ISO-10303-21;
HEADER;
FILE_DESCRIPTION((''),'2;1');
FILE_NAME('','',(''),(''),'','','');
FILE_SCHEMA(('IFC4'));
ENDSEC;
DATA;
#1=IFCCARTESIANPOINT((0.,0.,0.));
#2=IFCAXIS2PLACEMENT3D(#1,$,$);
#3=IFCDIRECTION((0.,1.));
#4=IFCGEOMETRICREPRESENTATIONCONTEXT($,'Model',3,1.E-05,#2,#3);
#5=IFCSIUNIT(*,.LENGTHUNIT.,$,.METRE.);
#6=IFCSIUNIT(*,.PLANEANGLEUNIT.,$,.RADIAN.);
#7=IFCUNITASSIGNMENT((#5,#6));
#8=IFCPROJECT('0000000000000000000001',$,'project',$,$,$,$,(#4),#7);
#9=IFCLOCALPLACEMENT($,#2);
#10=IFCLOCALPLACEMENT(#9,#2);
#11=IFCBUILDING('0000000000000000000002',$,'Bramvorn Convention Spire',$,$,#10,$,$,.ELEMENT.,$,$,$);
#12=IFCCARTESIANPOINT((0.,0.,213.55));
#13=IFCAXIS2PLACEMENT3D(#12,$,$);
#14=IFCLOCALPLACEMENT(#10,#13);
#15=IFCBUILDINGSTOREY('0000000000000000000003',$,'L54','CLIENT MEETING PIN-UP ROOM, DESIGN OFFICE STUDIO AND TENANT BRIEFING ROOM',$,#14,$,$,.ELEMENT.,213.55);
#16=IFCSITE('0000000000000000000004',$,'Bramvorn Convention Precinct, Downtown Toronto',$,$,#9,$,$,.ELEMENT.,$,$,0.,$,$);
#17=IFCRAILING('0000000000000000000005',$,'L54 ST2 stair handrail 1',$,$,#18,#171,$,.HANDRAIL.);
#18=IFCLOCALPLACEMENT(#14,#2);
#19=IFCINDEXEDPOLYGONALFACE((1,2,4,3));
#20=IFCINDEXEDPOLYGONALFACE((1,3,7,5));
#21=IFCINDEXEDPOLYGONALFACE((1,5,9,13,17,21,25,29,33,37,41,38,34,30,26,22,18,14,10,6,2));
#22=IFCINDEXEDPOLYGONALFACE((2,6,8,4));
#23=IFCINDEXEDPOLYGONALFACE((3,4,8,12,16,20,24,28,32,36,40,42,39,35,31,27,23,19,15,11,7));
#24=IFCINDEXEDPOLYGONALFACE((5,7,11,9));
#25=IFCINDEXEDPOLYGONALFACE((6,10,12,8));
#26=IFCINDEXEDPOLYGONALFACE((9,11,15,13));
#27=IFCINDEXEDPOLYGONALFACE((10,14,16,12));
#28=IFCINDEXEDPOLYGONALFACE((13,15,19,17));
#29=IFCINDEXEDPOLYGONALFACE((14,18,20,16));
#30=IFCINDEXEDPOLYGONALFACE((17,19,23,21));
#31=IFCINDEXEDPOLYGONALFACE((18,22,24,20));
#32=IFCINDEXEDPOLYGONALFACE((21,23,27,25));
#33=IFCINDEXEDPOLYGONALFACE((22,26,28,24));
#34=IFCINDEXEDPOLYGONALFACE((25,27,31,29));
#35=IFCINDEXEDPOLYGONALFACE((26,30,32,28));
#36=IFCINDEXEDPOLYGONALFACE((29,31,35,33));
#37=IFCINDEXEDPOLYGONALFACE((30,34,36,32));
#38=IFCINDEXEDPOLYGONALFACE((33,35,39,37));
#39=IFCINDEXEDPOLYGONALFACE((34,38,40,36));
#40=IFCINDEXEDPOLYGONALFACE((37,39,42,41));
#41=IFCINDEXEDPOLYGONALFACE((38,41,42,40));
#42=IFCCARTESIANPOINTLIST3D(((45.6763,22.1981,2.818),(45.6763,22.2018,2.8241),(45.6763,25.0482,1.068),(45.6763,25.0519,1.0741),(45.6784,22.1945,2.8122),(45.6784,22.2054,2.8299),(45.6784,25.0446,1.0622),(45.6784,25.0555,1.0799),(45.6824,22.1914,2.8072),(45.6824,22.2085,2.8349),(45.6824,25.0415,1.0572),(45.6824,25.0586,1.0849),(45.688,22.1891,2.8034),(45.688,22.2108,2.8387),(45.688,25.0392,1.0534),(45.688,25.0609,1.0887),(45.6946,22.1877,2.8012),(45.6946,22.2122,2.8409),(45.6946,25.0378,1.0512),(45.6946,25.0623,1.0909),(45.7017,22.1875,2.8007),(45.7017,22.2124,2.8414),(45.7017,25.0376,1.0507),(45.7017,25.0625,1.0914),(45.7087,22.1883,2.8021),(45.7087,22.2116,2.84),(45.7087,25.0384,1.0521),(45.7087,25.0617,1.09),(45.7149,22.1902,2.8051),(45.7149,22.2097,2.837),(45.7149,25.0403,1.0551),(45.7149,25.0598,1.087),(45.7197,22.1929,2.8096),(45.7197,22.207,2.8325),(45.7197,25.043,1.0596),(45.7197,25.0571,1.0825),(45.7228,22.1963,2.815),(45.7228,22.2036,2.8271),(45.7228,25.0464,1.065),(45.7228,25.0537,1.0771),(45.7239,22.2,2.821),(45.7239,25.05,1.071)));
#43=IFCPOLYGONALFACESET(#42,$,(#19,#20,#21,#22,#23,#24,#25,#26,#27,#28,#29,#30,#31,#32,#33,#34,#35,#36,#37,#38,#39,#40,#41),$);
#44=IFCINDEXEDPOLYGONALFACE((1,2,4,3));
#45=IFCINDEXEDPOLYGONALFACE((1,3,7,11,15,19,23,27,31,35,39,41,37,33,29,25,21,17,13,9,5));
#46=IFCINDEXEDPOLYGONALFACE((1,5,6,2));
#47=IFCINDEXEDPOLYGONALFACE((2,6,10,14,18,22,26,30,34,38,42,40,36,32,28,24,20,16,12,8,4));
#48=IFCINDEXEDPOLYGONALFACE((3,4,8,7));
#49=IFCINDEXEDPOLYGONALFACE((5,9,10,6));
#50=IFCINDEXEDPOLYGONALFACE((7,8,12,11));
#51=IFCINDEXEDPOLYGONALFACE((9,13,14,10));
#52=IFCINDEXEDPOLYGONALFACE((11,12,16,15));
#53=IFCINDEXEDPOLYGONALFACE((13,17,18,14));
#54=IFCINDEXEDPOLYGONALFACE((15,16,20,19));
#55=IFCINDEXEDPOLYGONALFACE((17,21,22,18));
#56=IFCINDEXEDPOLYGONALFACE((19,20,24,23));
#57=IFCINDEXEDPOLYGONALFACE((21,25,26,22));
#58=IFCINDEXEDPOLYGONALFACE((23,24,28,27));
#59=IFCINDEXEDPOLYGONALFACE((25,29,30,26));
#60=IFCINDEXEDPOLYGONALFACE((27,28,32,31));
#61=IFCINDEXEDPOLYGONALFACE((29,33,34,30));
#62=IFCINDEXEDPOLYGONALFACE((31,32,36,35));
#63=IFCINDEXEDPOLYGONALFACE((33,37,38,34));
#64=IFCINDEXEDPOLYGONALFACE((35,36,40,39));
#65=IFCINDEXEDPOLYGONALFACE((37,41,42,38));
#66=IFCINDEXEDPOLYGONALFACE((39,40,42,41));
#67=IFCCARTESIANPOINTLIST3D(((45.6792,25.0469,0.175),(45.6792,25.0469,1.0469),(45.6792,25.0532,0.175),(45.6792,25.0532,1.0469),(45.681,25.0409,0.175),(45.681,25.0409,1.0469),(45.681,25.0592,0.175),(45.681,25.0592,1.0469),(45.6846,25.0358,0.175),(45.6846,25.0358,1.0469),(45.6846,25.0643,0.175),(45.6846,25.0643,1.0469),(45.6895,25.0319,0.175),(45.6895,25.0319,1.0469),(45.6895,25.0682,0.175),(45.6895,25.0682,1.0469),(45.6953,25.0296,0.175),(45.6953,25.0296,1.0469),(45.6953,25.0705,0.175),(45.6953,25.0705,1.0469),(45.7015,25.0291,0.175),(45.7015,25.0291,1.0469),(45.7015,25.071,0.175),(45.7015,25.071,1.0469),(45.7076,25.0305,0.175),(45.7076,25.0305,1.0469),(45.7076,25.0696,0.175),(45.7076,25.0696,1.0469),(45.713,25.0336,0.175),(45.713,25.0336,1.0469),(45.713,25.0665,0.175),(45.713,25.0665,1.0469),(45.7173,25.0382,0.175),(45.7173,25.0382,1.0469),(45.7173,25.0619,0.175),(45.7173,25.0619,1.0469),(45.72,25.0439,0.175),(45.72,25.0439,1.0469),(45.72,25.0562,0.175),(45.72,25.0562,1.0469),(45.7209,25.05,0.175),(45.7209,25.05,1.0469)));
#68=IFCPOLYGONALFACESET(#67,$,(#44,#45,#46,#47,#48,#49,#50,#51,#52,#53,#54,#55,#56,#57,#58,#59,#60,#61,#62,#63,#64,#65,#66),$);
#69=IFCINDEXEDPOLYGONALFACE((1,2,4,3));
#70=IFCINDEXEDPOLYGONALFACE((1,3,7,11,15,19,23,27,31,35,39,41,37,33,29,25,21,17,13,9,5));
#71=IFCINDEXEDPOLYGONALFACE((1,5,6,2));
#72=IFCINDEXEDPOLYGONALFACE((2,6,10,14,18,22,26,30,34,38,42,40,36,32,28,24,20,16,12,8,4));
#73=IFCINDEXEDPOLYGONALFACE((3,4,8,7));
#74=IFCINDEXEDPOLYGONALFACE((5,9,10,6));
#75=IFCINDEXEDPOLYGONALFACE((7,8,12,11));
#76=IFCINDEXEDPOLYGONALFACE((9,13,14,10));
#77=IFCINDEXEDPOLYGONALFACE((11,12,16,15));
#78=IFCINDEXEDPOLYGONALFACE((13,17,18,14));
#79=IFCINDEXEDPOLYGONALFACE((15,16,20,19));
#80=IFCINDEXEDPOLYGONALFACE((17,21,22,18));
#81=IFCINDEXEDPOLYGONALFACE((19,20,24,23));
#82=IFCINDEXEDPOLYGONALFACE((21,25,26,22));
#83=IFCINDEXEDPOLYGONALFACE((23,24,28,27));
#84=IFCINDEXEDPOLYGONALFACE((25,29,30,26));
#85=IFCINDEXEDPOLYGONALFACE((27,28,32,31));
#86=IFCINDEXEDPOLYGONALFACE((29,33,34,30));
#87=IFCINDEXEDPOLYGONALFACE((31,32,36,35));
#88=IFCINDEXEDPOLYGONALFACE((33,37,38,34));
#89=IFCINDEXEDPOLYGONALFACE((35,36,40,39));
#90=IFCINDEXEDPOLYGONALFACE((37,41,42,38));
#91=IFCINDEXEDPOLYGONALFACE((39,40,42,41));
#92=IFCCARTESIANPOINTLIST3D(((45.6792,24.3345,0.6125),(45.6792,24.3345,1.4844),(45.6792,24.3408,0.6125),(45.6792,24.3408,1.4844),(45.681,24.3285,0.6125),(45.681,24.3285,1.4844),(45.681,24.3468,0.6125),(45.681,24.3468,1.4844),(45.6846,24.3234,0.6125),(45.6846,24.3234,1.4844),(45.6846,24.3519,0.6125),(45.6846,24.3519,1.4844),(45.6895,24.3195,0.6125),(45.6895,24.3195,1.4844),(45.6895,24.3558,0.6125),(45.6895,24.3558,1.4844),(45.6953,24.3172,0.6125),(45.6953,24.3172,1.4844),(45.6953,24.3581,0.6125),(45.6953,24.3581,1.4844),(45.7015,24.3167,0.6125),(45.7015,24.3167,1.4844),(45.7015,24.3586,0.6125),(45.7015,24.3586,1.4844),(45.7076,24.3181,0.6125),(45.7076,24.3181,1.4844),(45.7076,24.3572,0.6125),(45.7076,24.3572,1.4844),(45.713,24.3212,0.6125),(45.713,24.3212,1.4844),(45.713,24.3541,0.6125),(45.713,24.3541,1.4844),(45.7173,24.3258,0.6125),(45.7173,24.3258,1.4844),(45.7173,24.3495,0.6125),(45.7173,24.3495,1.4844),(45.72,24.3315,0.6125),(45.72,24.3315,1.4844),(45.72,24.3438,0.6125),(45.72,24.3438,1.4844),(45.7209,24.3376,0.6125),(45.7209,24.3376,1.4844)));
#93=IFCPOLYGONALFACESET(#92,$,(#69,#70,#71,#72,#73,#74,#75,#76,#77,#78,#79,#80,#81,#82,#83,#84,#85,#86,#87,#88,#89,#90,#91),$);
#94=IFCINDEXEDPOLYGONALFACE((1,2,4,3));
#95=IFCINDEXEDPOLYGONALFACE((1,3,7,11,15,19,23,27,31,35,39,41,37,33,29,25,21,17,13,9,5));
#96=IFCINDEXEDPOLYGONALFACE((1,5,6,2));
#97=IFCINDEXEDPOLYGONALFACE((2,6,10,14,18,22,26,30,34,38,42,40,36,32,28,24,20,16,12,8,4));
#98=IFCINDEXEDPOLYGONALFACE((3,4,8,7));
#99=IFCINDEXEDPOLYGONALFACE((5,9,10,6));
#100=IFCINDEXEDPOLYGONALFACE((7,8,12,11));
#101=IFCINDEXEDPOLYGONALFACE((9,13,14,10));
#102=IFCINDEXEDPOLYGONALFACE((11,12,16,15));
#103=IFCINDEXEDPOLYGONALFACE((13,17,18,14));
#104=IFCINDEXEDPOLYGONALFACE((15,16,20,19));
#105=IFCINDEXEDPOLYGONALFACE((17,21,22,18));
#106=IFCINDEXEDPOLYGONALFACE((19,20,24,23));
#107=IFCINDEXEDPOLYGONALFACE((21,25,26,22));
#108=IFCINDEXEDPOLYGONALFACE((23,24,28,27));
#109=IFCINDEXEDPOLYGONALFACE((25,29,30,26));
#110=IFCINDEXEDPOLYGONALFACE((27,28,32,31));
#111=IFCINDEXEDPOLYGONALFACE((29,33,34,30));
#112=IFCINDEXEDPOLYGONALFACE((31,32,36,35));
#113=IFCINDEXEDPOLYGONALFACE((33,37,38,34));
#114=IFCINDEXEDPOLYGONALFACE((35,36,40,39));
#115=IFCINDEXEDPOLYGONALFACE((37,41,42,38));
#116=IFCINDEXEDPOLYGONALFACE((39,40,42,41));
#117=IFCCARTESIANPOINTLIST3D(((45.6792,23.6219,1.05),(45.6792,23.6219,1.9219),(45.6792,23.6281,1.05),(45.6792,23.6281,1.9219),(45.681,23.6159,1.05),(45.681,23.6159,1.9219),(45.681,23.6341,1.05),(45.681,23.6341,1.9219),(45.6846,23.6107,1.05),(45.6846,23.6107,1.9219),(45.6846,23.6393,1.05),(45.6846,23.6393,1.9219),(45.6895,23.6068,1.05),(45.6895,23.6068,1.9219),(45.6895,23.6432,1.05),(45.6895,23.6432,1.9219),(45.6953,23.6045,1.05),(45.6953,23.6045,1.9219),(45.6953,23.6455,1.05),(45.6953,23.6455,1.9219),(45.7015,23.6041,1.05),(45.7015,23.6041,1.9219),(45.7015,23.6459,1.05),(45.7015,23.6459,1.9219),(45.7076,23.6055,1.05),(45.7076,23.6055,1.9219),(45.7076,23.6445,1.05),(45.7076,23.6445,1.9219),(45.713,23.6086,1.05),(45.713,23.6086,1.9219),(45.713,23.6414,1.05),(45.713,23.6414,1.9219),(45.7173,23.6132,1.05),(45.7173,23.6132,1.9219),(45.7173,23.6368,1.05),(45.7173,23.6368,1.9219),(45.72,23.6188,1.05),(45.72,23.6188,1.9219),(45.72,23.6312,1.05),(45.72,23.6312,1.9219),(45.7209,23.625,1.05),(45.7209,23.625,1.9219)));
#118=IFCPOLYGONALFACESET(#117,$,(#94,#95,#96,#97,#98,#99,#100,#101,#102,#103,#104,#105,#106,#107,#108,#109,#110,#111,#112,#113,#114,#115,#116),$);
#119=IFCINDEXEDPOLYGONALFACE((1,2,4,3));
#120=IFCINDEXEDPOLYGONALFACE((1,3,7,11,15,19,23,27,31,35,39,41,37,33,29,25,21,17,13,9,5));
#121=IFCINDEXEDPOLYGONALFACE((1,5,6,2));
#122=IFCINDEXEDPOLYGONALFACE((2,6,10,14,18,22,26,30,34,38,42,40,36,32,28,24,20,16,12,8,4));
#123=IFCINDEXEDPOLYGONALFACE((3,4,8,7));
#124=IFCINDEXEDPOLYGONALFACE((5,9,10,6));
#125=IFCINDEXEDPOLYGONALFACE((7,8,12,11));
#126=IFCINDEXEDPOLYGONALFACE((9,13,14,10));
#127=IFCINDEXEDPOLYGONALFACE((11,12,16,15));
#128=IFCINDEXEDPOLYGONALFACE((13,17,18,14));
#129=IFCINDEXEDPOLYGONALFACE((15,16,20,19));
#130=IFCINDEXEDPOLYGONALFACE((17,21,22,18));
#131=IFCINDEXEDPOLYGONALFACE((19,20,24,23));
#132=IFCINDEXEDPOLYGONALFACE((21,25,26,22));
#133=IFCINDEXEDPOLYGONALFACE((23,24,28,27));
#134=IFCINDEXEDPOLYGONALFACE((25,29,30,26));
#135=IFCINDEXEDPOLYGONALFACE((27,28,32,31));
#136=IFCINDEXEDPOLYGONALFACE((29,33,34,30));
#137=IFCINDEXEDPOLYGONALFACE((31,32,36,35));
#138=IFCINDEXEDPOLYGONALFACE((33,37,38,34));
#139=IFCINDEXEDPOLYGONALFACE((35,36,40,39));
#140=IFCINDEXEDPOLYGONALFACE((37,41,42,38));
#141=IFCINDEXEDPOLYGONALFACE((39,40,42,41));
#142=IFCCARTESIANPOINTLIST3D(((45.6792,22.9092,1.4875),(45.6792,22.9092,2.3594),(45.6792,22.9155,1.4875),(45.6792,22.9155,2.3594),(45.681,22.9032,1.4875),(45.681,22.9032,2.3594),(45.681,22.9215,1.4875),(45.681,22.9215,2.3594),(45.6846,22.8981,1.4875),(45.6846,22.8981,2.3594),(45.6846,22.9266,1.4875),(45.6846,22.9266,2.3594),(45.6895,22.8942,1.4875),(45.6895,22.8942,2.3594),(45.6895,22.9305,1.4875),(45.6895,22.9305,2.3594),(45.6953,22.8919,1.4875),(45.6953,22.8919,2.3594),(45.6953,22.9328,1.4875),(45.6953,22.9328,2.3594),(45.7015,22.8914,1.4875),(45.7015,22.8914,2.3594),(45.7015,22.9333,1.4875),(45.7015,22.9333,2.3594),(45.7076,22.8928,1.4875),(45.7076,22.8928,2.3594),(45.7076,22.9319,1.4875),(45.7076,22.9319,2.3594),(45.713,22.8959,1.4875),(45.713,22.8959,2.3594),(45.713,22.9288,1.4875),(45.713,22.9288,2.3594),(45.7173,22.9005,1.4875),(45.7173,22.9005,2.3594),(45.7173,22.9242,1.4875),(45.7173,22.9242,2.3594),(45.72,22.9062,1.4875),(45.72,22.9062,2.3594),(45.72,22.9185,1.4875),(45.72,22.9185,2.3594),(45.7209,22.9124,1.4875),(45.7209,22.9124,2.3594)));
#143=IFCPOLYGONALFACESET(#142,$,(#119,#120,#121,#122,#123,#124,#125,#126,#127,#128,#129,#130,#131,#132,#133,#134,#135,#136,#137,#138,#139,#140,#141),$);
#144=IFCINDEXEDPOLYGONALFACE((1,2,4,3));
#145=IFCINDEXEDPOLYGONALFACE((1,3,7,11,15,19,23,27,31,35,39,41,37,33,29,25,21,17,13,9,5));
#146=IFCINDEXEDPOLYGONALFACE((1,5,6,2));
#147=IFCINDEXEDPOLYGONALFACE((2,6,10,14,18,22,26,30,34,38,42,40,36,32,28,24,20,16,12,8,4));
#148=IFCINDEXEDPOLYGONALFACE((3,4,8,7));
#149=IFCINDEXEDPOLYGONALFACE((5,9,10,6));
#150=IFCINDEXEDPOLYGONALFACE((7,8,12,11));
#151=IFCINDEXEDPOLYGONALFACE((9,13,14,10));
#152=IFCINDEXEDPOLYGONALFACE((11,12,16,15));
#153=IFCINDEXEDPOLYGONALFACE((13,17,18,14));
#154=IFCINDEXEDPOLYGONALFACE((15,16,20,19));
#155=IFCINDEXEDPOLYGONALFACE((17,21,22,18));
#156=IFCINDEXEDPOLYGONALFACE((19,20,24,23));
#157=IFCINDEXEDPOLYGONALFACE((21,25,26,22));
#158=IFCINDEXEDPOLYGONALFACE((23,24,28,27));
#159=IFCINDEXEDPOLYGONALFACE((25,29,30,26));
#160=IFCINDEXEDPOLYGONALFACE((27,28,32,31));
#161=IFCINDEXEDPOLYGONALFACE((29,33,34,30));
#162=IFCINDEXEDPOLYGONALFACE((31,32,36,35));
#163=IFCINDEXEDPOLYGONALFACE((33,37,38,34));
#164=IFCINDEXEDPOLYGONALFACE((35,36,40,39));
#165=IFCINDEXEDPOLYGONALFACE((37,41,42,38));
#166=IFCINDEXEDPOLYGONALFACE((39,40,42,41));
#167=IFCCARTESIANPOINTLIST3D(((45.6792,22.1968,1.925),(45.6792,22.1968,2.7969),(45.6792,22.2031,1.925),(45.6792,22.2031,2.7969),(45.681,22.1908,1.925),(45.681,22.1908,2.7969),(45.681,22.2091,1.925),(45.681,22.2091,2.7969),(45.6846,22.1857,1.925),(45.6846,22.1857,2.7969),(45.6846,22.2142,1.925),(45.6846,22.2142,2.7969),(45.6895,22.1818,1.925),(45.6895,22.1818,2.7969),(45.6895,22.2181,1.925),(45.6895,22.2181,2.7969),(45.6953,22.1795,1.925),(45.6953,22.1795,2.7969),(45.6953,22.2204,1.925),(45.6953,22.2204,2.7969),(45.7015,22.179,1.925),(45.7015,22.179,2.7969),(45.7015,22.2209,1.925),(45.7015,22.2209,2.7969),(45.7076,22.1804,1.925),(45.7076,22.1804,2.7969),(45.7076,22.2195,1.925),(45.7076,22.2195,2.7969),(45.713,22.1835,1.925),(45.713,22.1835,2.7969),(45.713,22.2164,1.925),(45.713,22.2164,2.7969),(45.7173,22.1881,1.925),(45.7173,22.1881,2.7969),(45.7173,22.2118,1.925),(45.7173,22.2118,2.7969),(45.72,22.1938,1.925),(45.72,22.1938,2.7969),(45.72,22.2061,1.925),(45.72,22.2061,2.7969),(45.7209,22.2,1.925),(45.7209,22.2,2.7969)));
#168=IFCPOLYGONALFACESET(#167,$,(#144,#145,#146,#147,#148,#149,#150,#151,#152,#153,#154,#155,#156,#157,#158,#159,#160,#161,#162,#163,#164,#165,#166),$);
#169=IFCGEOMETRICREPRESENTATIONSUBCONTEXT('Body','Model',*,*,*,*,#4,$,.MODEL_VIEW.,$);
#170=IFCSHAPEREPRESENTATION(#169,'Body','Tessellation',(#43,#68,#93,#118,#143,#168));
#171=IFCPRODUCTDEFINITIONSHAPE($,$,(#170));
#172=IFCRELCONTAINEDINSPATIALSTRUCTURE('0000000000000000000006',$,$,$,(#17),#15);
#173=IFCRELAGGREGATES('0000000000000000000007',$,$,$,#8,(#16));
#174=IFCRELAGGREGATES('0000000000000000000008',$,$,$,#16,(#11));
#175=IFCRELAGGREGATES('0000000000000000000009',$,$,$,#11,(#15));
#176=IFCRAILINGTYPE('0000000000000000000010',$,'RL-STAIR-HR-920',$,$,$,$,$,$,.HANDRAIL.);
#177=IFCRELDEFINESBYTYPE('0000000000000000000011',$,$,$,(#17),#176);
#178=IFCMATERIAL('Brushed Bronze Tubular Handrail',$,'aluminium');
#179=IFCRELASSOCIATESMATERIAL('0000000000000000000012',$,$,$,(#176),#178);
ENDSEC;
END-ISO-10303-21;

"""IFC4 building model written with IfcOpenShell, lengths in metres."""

from ifc_helpers import new_model, si_unit, direction, frame, origin, origin_2d, place, context, subcontext, project, spatial, circle, extrude, material, type_object, element, save


model = new_model("IFC4")

# Units and contexts
model_context = context("Model", 3, precision=1e-05, world=origin(), true_north=direction((0.0, 1.0)))
body_context = subcontext(model_context, "Body", "Model", "MODEL_VIEW")
ifc_project = project(units=[si_unit("LENGTHUNIT", "METRE"), si_unit("PLANEANGLEUNIT", "RADIAN")], contexts=[model_context])

# Site, building, storey
site_placement = place(None, origin())
site = spatial("IfcSite", under=ifc_project, at=site_placement, Name="Bramvorn Convention Precinct, Downtown Toronto", CompositionType="ELEMENT", RefElevation=0.0)
building_placement = place(site_placement, origin())
building = spatial("IfcBuilding", under=site, at=building_placement, Name="Bramvorn Convention Spire", CompositionType="ELEMENT")
storey_placement = place(building_placement, frame((0.0, 0.0, 213.55)))
storey = spatial("IfcBuildingStorey", under=building, at=storey_placement, Name="L54", Description="CLIENT MEETING PIN-UP ROOM, DESIGN OFFICE STUDIO AND TENANT BRIEFING ROOM", CompositionType="ELEMENT", Elevation=213.55)

# Railing
ifc_material_1 = material(Name="Brushed Bronze Tubular Handrail", Category="aluminium")
railing_type_1 = type_object("IfcRailingType", Name="RL-STAIR-HR-920", PredefinedType="HANDRAIL", material=ifc_material_1)
railing_1_placement = place(storey_placement, frame((45.7, 25.05, 0.175)))
element("IfcRailing", 1, at=railing_1_placement, inside=storey, type_object=railing_type_1, Name="L54 ST2 stair handrail 1", PredefinedType="HANDRAIL", context=body_context, shape_type="SweptSolid", body=[
    extrude(circle(Radius=0.0239, at=origin_2d()), frame((0.0, 0.0, 0.896), z_axis=(0.0, -0.852179, 0.52325), x_axis=(1.0, 0.0, 0.0)), (0.0, 0.0, 1.0), 3.3445),
    extrude(circle(Radius=0.021, at=origin_2d()), origin(), (0.0, 0.0, 1.0), 0.8718),
    extrude(circle(Radius=0.021, at=origin_2d()), frame((0.0, -0.7124, 0.4375)), (0.0, 0.0, 1.0), 0.8718),
    extrude(circle(Radius=0.021, at=origin_2d()), frame((0.0, -1.425, 0.875)), (0.0, 0.0, 1.0), 0.8718),
    extrude(circle(Radius=0.021, at=origin_2d()), frame((0.0, -2.1377, 1.3125)), (0.0, 0.0, 1.0), 0.8718),
    extrude(circle(Radius=0.021, at=origin_2d()), frame((0.0, -2.8501, 1.75)), (0.0, 0.0, 1.0), 0.8718),
])

save(model, "model.ifc")
